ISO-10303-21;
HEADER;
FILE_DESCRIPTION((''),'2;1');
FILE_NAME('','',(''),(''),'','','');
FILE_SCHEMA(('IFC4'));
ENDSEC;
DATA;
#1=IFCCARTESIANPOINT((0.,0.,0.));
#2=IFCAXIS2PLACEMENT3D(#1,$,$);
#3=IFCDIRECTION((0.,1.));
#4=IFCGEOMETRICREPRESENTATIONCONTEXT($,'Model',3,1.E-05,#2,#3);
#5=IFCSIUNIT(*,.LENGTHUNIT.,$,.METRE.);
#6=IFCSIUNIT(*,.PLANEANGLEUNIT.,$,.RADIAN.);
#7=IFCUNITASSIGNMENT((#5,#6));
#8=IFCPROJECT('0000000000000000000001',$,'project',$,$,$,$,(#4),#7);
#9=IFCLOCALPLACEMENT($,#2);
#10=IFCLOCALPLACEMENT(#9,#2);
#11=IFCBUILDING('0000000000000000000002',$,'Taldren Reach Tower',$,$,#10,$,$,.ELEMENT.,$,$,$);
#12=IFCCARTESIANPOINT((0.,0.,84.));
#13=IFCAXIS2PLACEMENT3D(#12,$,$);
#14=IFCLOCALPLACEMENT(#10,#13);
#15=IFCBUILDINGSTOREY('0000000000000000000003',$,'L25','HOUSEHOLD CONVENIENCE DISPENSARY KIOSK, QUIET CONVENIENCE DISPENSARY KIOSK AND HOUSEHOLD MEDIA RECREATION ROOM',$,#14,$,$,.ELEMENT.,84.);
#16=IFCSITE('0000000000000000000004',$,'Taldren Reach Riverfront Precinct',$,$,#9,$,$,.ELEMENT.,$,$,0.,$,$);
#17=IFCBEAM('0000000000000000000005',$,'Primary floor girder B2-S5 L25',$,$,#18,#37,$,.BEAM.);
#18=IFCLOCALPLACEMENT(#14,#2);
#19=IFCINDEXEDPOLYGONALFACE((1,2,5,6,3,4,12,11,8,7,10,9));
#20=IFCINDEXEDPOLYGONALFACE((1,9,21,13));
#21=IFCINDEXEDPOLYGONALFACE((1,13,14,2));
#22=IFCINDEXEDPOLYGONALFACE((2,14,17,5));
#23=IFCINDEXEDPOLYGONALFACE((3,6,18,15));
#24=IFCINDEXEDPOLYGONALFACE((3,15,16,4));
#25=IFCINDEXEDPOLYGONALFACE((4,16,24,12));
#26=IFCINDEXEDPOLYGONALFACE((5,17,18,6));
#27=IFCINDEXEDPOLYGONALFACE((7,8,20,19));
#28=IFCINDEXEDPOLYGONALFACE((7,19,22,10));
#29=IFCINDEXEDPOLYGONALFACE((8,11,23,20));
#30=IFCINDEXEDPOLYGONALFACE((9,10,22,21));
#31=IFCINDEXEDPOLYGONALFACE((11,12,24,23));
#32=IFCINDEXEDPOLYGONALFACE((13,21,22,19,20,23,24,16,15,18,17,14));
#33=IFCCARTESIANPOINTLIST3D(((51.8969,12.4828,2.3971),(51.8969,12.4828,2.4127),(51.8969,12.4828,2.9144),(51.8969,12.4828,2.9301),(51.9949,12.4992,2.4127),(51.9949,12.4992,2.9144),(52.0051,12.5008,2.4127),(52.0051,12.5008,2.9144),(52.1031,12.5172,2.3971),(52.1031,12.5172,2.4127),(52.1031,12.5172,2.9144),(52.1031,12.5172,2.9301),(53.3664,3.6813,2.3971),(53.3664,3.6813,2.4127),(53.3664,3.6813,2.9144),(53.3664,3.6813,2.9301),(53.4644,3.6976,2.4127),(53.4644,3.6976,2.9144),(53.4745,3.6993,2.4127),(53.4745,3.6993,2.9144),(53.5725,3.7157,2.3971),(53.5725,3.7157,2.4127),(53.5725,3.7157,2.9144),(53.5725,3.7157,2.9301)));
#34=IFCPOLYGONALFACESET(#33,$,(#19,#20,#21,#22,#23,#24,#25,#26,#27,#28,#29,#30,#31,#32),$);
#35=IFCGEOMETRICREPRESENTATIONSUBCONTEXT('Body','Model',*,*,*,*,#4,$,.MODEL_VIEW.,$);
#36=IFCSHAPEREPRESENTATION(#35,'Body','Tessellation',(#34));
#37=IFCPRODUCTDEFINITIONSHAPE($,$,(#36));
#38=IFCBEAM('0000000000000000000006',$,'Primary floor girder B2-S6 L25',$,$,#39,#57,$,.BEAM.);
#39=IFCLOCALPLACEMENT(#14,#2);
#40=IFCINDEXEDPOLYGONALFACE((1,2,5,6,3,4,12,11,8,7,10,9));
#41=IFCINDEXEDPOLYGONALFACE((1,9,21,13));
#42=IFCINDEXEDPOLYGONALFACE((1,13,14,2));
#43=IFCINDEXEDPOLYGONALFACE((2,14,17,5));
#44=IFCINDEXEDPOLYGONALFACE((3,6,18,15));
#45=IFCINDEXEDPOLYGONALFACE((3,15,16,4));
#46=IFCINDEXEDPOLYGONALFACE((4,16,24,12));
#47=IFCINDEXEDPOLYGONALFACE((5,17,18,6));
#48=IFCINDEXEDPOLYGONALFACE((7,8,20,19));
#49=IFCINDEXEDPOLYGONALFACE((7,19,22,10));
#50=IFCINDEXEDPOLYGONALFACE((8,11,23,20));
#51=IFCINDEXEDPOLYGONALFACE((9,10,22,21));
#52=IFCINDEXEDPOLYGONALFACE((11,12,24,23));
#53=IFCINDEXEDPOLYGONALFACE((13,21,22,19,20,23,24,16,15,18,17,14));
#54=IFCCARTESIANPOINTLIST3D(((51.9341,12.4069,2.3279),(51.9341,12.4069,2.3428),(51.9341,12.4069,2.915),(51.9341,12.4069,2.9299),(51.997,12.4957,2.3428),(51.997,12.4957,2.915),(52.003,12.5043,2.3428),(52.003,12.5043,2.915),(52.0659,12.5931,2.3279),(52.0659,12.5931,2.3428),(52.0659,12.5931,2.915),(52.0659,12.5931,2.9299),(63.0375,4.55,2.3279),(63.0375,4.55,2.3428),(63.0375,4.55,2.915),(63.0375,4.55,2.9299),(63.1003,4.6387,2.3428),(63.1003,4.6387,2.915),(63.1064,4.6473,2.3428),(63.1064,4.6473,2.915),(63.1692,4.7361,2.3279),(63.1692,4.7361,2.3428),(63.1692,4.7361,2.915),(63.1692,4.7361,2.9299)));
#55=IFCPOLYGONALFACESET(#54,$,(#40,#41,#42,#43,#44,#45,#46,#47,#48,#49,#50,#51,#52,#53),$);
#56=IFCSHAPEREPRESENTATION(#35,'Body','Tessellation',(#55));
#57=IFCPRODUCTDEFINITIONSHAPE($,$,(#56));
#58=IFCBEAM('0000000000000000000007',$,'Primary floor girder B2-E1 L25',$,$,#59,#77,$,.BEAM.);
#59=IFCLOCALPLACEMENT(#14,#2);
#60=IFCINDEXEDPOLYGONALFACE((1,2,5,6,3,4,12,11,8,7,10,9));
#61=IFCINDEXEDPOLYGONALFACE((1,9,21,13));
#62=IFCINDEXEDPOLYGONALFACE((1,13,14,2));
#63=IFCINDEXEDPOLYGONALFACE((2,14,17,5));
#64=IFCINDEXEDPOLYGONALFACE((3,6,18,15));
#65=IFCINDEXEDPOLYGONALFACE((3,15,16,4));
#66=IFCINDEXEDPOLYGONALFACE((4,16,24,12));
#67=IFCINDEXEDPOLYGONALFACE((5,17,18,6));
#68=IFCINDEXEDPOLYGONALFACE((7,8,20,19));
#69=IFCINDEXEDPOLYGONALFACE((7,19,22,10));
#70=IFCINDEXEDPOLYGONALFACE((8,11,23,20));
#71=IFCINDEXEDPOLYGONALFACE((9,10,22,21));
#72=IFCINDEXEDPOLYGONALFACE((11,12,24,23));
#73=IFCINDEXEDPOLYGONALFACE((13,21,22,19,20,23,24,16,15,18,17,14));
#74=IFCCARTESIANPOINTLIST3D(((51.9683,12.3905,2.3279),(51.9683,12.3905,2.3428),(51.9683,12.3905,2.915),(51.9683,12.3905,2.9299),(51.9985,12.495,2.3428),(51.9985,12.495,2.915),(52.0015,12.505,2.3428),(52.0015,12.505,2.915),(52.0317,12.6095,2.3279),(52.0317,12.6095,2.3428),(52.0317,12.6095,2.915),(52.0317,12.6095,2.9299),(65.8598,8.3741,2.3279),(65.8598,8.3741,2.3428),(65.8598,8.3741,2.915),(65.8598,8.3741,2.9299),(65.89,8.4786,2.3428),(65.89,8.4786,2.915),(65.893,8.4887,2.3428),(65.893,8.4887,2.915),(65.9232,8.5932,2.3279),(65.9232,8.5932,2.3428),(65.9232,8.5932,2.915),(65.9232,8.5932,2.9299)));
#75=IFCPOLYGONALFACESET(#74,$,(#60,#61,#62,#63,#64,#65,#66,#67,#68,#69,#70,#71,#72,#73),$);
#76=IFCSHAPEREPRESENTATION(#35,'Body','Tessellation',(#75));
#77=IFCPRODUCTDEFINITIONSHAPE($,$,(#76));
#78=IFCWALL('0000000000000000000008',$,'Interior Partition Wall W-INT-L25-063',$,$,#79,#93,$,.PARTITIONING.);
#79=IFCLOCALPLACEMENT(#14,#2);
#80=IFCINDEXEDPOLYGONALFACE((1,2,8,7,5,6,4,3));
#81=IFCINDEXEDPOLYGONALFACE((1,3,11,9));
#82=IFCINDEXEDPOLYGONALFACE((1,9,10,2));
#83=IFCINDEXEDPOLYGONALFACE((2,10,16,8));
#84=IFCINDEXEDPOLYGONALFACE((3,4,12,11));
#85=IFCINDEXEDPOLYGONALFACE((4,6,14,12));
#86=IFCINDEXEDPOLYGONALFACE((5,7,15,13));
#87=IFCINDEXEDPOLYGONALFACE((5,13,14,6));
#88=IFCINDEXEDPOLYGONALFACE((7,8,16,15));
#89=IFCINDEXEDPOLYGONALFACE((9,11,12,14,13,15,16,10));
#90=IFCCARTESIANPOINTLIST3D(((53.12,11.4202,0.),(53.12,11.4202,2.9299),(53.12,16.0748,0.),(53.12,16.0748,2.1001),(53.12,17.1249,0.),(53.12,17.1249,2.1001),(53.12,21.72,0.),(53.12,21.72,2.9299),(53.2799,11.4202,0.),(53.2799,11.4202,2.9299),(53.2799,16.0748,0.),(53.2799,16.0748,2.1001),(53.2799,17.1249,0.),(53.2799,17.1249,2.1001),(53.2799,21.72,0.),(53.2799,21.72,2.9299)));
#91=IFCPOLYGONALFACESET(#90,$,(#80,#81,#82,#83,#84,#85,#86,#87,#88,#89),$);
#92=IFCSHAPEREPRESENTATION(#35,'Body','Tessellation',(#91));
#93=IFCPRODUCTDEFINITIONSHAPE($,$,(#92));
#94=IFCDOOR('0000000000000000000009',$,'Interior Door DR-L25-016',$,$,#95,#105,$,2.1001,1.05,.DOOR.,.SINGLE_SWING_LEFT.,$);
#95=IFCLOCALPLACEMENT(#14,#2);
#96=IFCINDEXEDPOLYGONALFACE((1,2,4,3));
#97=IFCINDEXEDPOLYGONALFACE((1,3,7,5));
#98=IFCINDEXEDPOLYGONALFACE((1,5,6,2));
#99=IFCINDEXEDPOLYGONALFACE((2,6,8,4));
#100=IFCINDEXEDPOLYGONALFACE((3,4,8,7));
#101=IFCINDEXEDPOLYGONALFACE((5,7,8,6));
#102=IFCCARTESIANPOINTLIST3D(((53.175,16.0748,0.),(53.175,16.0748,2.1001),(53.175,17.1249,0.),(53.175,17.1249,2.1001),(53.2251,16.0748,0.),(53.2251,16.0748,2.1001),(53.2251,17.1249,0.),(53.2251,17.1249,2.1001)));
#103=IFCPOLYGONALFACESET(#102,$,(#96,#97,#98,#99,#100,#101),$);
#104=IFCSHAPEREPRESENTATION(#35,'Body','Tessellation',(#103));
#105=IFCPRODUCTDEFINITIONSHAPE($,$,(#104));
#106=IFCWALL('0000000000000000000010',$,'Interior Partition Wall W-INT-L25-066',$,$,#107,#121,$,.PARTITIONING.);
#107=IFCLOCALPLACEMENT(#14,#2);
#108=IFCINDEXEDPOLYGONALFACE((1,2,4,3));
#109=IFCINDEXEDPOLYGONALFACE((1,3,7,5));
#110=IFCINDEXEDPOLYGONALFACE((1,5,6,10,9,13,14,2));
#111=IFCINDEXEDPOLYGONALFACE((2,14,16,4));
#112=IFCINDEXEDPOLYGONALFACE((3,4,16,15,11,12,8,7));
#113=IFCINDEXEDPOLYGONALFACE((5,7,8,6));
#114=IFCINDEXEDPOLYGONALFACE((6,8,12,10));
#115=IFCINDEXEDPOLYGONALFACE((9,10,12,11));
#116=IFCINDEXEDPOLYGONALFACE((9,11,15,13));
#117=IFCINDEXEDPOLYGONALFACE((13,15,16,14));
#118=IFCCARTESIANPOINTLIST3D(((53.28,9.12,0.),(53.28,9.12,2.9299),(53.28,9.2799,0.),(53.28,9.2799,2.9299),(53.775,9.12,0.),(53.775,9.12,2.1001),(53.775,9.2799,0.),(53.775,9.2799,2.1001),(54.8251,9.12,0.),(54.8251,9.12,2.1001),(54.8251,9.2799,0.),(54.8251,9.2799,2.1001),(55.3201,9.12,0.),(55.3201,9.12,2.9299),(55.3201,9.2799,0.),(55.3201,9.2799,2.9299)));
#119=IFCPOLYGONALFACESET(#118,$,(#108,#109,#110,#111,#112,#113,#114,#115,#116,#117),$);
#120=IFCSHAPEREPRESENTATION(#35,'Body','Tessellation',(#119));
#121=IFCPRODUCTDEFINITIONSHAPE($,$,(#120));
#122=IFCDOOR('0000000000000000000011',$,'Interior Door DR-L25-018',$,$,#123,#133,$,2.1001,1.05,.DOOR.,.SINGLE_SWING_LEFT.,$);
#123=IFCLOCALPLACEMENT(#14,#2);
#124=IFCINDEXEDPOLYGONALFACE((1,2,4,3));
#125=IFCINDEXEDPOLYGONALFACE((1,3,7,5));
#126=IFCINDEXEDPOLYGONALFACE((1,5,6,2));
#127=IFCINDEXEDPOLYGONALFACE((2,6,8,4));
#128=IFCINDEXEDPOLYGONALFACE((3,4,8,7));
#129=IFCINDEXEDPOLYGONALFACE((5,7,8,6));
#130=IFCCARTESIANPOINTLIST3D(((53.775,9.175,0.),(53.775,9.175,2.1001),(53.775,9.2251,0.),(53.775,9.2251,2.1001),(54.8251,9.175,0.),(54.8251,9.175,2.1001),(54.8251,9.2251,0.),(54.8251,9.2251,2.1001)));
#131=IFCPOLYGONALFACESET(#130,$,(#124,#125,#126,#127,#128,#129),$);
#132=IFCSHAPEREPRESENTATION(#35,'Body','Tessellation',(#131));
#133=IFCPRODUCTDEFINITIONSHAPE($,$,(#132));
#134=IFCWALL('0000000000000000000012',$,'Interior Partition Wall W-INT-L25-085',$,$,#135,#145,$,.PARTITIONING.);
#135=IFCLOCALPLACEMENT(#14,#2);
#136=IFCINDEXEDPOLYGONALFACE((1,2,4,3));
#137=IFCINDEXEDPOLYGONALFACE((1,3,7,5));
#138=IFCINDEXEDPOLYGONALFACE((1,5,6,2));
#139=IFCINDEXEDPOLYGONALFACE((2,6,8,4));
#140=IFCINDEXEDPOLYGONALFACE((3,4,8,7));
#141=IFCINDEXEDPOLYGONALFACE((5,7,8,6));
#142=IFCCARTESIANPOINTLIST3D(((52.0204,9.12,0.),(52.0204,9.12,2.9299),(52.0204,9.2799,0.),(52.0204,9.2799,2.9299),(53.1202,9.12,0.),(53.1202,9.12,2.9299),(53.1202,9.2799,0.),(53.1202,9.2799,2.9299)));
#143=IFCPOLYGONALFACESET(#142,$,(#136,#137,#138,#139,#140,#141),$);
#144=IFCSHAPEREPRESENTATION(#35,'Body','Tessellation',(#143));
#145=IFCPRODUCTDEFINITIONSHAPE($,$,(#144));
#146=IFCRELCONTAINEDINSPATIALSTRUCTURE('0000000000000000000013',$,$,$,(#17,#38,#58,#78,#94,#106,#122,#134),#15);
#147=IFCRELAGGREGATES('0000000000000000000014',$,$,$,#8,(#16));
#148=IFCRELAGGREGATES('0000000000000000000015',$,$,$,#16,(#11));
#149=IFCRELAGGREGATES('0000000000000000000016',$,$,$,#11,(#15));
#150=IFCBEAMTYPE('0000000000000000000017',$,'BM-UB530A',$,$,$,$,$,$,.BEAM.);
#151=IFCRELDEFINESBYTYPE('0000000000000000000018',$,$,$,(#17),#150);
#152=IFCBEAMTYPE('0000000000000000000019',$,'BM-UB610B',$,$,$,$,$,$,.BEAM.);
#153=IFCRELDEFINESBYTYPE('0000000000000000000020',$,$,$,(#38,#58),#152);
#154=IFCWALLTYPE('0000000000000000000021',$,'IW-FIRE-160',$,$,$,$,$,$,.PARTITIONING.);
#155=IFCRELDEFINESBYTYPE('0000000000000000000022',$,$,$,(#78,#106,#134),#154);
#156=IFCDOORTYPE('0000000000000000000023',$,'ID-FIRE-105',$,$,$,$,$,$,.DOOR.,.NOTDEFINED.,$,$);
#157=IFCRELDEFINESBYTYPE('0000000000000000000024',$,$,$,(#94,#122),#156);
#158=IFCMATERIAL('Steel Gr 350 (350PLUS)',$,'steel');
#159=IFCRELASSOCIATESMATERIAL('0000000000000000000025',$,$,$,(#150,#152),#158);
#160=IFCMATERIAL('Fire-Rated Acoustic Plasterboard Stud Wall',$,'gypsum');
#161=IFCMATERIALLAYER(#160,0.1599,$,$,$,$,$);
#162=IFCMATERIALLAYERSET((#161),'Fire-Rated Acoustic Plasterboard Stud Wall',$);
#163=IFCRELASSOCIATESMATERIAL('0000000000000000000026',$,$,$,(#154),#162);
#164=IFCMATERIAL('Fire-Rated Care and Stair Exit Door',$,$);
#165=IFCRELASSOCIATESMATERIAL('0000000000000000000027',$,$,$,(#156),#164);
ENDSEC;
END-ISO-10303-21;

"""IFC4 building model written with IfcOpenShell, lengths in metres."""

from ifc_helpers import new_model, si_unit, direction, frame, frame_2d, origin, origin_2d, place, context, subcontext, project, spatial, rectangle, i_section, extrude, source, transform, mapped, material, layer, layer_set, material_profile, profile_set, type_object, element, fill, save


model = new_model("IFC4")

# Units and contexts
model_context = context("Model", 3, precision=1e-05, world=origin(), true_north=direction((0.0, 1.0)))
body_context = subcontext(model_context, "Body", "Model", "MODEL_VIEW")
ifc_project = project(units=[si_unit("LENGTHUNIT", "METRE"), si_unit("PLANEANGLEUNIT", "RADIAN")], contexts=[model_context])

# Site, building, storey
site_placement = place(None, origin())
site = spatial("IfcSite", under=ifc_project, at=site_placement, Name="Taldren Reach Riverfront Precinct", CompositionType="ELEMENT", RefElevation=0.0)
building_placement = place(site_placement, origin())
building = spatial("IfcBuilding", under=site, at=building_placement, Name="Taldren Reach Tower", CompositionType="ELEMENT")
storey_placement = place(building_placement, frame((0.0, 0.0, 84.0)))
storey = spatial("IfcBuildingStorey", under=building, at=storey_placement, Name="L25", Description="HOUSEHOLD CONVENIENCE DISPENSARY KIOSK, QUIET CONVENIENCE DISPENSARY KIOSK AND HOUSEHOLD MEDIA RECREATION ROOM", CompositionType="ELEMENT", Elevation=84.0)

# Shared definitions
ifc_material_1 = material(Name="Steel Gr 350 (350PLUS)", Category="steel")

# Beams
ifc_material_profile_1 = material_profile(ifc_material_1, i_section(OverallWidth=0.209, OverallDepth=0.533, WebThickness=0.0103, FlangeThickness=0.0156, at=origin_2d()), Name="530UB92.4")
ifc_profile_set_1 = profile_set([ifc_material_profile_1], Name="Steel Gr 350 (350PLUS)")
beam_type_1 = type_object("IfcBeamType", Name="BM-UB530A", PredefinedType="BEAM", material=ifc_profile_set_1)
ifc_material_profile_2 = material_profile(ifc_material_1, i_section(OverallWidth=0.228, OverallDepth=0.6021, WebThickness=0.0105, FlangeThickness=0.0149, at=origin_2d()), Name="610UB101")
ifc_profile_set_2 = profile_set([ifc_material_profile_2], Name="Steel Gr 350 (350PLUS)")
beam_type_2 = type_object("IfcBeamType", Name="BM-UB610B", PredefinedType="BEAM", material=ifc_profile_set_2)
shared_shape_1 = source(origin(), body_context, "Body", "SweptSolid", [
    extrude(i_section(OverallWidth=0.209, OverallDepth=0.533, WebThickness=0.0103, FlangeThickness=0.0156, at=origin_2d()), origin(), (0.0, 0.0, 1.0), 8.9233),
])
beam_1_placement = place(storey_placement, frame((52.0, 12.5, 2.6636), z_axis=(0.164678, -0.986347, 0.0), x_axis=(0.986347, 0.164678, 0.0)))
element("IfcBeam", 1, at=beam_1_placement, inside=storey, type_object=beam_type_1, Name="Primary floor girder B2-S5 L25", PredefinedType="BEAM", context=body_context, shape_type="MappedRepresentation", body=[
    mapped(shared_shape_1, transform((0.0, 0.0, 0.0), scale=1.0)),
])
shared_shape_2 = source(origin(), body_context, "Body", "SweptSolid", [
    extrude(i_section(OverallWidth=0.228, OverallDepth=0.6021, WebThickness=0.0105, FlangeThickness=0.0149, at=origin_2d()), origin(), (0.0, 0.0, 1.0), 13.6021),
])
beam_2_placement = place(storey_placement, frame((52.0, 12.5, 2.6289), z_axis=(0.816298, -0.577631, 0.0), x_axis=(0.577631, 0.816298, 0.0)))
element("IfcBeam", 2, at=beam_2_placement, inside=storey, type_object=beam_type_2, Name="Primary floor girder B2-S6 L25", PredefinedType="BEAM", context=body_context, shape_type="MappedRepresentation", body=[
    mapped(shared_shape_2, transform((0.0, 0.0, 0.0), scale=1.0)),
])
shared_shape_3 = source(origin(), body_context, "Body", "SweptSolid", [
    extrude(i_section(OverallWidth=0.228, OverallDepth=0.6021, WebThickness=0.0105, FlangeThickness=0.0149, at=origin_2d()), origin(), (0.0, 0.0, 1.0), 14.4604),
])
beam_3_placement = place(storey_placement, frame((52.0, 12.5, 2.6289), z_axis=(0.960655, -0.277746, 0.0), x_axis=(0.277746, 0.960655, 0.0)))
element("IfcBeam", 3, at=beam_3_placement, inside=storey, type_object=beam_type_2, Name="Primary floor girder B2-E1 L25", PredefinedType="BEAM", context=body_context, shape_type="MappedRepresentation", body=[
    mapped(shared_shape_3, transform((0.0, 0.0, 0.0), scale=1.0)),
])

# Walls, openings, doors
ifc_material_2 = material(Name="Fire-Rated Acoustic Plasterboard Stud Wall", Category="gypsum")
ifc_layer_1 = layer(ifc_material_2, 0.1599)
ifc_layer_set_1 = layer_set([ifc_layer_1], Name="Fire-Rated Acoustic Plasterboard Stud Wall")
wall_type_1 = type_object("IfcWallType", Name="IW-FIRE-160", PredefinedType="PARTITIONING", material=ifc_layer_set_1)
shared_shape_4 = source(origin(), body_context, "Body", "SweptSolid", [
    extrude(rectangle(XDim=10.2998, YDim=0.1599, at=frame_2d((5.1499, 0.0))), origin(), (0.0, 0.0, 1.0), 2.9299),
])
wall_1_placement = place(storey_placement, frame((53.2, 11.4202, 0.0), z_axis=(0.0, 0.0, 1.0), x_axis=(0.0, 1.0, 0.0)))
wall_1 = element("IfcWall", 4, at=wall_1_placement, inside=storey, type_object=wall_type_1, Name="Interior Partition Wall W-INT-L25-063", PredefinedType="PARTITIONING", context=body_context, shape_type="MappedRepresentation", body=[
    mapped(shared_shape_4, transform((0.0, 0.0, 0.0), scale=1.0)),
])
shared_shape_5 = source(origin(), body_context, "Body", "SweptSolid", [
    extrude(rectangle(XDim=1.05, YDim=2.1001, at=frame_2d((0.5249, 1.05))), frame((0.0, 0.0898, 0.0), z_axis=(0.0, -1.0, 0.0), x_axis=(1.0, 0.0, 0.0)), (0.0, 0.0, 1.0), 0.1799),
])
opening_1_placement = place(wall_1_placement, frame((4.6548, 0.0, 0.0)))
opening_1 = element("IfcOpeningElement", 5, at=opening_1_placement, cuts=wall_1, PredefinedType="OPENING", context=body_context, shape_type="MappedRepresentation", body=[
    mapped(shared_shape_5, transform((0.0, 0.0, 0.0), scale=1.0)),
])
ifc_material_3 = material(Name="Fire-Rated Care and Stair Exit Door")
door_type_1 = type_object("IfcDoorType", Name="ID-FIRE-105", OperationType="NOTDEFINED", PredefinedType="DOOR", material=ifc_material_3)
shared_shape_6 = source(origin(), body_context, "Body", "SweptSolid", [
    extrude(rectangle(XDim=1.05, YDim=2.1001, at=frame_2d((0.5249, 1.05))), frame((0.0, 0.0249, 0.0), z_axis=(0.0, -1.0, 0.0), x_axis=(1.0, 0.0, 0.0)), (0.0, 0.0, 1.0), 0.05),
])
door_1_placement = place(opening_1_placement, origin())
door_1 = element("IfcDoor", 6, at=door_1_placement, inside=storey, type_object=door_type_1, Name="Interior Door DR-L25-016", OperationType="SINGLE_SWING_LEFT", OverallHeight=2.1001, OverallWidth=1.05, PredefinedType="DOOR", context=body_context, shape_type="MappedRepresentation", body=[
    mapped(shared_shape_6, transform((0.0, 0.0, 0.0), scale=1.0)),
])
fill(opening_1, door_1)
shared_shape_7 = source(origin(), body_context, "Body", "SweptSolid", [
    extrude(rectangle(XDim=2.04, YDim=0.1599, at=frame_2d((1.02, 0.0))), origin(), (0.0, 0.0, 1.0), 2.9299),
])
wall_2_placement = place(storey_placement, frame((55.3201, 9.2, 0.0), z_axis=(0.0, 0.0, 1.0), x_axis=(-1.0, 0.0, 0.0)))
wall_2 = element("IfcWall", 7, at=wall_2_placement, inside=storey, type_object=wall_type_1, Name="Interior Partition Wall W-INT-L25-066", PredefinedType="PARTITIONING", context=body_context, shape_type="MappedRepresentation", body=[
    mapped(shared_shape_7, transform((0.0, 0.0, 0.0), scale=1.0)),
])
opening_2_placement = place(wall_2_placement, frame((0.4951, 0.0, 0.0)))
opening_2 = element("IfcOpeningElement", 8, at=opening_2_placement, cuts=wall_2, PredefinedType="OPENING", context=body_context, shape_type="MappedRepresentation", body=[
    mapped(shared_shape_5, transform((0.0, 0.0, 0.0), scale=1.0)),
])
door_2_placement = place(opening_2_placement, origin())
door_2 = element("IfcDoor", 9, at=door_2_placement, inside=storey, type_object=door_type_1, Name="Interior Door DR-L25-018", OperationType="SINGLE_SWING_LEFT", OverallHeight=2.1001, OverallWidth=1.05, PredefinedType="DOOR", context=body_context, shape_type="MappedRepresentation", body=[
    mapped(shared_shape_6, transform((0.0, 0.0, 0.0), scale=1.0)),
])
fill(opening_2, door_2)

# Wall
shared_shape_8 = source(origin(), body_context, "Body", "SweptSolid", [
    extrude(rectangle(XDim=1.0999, YDim=0.1599, at=frame_2d((0.5498, 0.0))), origin(), (0.0, 0.0, 1.0), 2.9299),
])
wall_3_placement = place(storey_placement, frame((53.1201, 9.2, 0.0), z_axis=(0.0, 0.0, 1.0), x_axis=(-1.0, 0.0, 0.0)))
element("IfcWall", 10, at=wall_3_placement, inside=storey, type_object=wall_type_1, Name="Interior Partition Wall W-INT-L25-085", PredefinedType="PARTITIONING", context=body_context, shape_type="MappedRepresentation", body=[
    mapped(shared_shape_8, transform((0.0, 0.0, 0.0), scale=1.0)),
])

save(model, "model.ifc")
